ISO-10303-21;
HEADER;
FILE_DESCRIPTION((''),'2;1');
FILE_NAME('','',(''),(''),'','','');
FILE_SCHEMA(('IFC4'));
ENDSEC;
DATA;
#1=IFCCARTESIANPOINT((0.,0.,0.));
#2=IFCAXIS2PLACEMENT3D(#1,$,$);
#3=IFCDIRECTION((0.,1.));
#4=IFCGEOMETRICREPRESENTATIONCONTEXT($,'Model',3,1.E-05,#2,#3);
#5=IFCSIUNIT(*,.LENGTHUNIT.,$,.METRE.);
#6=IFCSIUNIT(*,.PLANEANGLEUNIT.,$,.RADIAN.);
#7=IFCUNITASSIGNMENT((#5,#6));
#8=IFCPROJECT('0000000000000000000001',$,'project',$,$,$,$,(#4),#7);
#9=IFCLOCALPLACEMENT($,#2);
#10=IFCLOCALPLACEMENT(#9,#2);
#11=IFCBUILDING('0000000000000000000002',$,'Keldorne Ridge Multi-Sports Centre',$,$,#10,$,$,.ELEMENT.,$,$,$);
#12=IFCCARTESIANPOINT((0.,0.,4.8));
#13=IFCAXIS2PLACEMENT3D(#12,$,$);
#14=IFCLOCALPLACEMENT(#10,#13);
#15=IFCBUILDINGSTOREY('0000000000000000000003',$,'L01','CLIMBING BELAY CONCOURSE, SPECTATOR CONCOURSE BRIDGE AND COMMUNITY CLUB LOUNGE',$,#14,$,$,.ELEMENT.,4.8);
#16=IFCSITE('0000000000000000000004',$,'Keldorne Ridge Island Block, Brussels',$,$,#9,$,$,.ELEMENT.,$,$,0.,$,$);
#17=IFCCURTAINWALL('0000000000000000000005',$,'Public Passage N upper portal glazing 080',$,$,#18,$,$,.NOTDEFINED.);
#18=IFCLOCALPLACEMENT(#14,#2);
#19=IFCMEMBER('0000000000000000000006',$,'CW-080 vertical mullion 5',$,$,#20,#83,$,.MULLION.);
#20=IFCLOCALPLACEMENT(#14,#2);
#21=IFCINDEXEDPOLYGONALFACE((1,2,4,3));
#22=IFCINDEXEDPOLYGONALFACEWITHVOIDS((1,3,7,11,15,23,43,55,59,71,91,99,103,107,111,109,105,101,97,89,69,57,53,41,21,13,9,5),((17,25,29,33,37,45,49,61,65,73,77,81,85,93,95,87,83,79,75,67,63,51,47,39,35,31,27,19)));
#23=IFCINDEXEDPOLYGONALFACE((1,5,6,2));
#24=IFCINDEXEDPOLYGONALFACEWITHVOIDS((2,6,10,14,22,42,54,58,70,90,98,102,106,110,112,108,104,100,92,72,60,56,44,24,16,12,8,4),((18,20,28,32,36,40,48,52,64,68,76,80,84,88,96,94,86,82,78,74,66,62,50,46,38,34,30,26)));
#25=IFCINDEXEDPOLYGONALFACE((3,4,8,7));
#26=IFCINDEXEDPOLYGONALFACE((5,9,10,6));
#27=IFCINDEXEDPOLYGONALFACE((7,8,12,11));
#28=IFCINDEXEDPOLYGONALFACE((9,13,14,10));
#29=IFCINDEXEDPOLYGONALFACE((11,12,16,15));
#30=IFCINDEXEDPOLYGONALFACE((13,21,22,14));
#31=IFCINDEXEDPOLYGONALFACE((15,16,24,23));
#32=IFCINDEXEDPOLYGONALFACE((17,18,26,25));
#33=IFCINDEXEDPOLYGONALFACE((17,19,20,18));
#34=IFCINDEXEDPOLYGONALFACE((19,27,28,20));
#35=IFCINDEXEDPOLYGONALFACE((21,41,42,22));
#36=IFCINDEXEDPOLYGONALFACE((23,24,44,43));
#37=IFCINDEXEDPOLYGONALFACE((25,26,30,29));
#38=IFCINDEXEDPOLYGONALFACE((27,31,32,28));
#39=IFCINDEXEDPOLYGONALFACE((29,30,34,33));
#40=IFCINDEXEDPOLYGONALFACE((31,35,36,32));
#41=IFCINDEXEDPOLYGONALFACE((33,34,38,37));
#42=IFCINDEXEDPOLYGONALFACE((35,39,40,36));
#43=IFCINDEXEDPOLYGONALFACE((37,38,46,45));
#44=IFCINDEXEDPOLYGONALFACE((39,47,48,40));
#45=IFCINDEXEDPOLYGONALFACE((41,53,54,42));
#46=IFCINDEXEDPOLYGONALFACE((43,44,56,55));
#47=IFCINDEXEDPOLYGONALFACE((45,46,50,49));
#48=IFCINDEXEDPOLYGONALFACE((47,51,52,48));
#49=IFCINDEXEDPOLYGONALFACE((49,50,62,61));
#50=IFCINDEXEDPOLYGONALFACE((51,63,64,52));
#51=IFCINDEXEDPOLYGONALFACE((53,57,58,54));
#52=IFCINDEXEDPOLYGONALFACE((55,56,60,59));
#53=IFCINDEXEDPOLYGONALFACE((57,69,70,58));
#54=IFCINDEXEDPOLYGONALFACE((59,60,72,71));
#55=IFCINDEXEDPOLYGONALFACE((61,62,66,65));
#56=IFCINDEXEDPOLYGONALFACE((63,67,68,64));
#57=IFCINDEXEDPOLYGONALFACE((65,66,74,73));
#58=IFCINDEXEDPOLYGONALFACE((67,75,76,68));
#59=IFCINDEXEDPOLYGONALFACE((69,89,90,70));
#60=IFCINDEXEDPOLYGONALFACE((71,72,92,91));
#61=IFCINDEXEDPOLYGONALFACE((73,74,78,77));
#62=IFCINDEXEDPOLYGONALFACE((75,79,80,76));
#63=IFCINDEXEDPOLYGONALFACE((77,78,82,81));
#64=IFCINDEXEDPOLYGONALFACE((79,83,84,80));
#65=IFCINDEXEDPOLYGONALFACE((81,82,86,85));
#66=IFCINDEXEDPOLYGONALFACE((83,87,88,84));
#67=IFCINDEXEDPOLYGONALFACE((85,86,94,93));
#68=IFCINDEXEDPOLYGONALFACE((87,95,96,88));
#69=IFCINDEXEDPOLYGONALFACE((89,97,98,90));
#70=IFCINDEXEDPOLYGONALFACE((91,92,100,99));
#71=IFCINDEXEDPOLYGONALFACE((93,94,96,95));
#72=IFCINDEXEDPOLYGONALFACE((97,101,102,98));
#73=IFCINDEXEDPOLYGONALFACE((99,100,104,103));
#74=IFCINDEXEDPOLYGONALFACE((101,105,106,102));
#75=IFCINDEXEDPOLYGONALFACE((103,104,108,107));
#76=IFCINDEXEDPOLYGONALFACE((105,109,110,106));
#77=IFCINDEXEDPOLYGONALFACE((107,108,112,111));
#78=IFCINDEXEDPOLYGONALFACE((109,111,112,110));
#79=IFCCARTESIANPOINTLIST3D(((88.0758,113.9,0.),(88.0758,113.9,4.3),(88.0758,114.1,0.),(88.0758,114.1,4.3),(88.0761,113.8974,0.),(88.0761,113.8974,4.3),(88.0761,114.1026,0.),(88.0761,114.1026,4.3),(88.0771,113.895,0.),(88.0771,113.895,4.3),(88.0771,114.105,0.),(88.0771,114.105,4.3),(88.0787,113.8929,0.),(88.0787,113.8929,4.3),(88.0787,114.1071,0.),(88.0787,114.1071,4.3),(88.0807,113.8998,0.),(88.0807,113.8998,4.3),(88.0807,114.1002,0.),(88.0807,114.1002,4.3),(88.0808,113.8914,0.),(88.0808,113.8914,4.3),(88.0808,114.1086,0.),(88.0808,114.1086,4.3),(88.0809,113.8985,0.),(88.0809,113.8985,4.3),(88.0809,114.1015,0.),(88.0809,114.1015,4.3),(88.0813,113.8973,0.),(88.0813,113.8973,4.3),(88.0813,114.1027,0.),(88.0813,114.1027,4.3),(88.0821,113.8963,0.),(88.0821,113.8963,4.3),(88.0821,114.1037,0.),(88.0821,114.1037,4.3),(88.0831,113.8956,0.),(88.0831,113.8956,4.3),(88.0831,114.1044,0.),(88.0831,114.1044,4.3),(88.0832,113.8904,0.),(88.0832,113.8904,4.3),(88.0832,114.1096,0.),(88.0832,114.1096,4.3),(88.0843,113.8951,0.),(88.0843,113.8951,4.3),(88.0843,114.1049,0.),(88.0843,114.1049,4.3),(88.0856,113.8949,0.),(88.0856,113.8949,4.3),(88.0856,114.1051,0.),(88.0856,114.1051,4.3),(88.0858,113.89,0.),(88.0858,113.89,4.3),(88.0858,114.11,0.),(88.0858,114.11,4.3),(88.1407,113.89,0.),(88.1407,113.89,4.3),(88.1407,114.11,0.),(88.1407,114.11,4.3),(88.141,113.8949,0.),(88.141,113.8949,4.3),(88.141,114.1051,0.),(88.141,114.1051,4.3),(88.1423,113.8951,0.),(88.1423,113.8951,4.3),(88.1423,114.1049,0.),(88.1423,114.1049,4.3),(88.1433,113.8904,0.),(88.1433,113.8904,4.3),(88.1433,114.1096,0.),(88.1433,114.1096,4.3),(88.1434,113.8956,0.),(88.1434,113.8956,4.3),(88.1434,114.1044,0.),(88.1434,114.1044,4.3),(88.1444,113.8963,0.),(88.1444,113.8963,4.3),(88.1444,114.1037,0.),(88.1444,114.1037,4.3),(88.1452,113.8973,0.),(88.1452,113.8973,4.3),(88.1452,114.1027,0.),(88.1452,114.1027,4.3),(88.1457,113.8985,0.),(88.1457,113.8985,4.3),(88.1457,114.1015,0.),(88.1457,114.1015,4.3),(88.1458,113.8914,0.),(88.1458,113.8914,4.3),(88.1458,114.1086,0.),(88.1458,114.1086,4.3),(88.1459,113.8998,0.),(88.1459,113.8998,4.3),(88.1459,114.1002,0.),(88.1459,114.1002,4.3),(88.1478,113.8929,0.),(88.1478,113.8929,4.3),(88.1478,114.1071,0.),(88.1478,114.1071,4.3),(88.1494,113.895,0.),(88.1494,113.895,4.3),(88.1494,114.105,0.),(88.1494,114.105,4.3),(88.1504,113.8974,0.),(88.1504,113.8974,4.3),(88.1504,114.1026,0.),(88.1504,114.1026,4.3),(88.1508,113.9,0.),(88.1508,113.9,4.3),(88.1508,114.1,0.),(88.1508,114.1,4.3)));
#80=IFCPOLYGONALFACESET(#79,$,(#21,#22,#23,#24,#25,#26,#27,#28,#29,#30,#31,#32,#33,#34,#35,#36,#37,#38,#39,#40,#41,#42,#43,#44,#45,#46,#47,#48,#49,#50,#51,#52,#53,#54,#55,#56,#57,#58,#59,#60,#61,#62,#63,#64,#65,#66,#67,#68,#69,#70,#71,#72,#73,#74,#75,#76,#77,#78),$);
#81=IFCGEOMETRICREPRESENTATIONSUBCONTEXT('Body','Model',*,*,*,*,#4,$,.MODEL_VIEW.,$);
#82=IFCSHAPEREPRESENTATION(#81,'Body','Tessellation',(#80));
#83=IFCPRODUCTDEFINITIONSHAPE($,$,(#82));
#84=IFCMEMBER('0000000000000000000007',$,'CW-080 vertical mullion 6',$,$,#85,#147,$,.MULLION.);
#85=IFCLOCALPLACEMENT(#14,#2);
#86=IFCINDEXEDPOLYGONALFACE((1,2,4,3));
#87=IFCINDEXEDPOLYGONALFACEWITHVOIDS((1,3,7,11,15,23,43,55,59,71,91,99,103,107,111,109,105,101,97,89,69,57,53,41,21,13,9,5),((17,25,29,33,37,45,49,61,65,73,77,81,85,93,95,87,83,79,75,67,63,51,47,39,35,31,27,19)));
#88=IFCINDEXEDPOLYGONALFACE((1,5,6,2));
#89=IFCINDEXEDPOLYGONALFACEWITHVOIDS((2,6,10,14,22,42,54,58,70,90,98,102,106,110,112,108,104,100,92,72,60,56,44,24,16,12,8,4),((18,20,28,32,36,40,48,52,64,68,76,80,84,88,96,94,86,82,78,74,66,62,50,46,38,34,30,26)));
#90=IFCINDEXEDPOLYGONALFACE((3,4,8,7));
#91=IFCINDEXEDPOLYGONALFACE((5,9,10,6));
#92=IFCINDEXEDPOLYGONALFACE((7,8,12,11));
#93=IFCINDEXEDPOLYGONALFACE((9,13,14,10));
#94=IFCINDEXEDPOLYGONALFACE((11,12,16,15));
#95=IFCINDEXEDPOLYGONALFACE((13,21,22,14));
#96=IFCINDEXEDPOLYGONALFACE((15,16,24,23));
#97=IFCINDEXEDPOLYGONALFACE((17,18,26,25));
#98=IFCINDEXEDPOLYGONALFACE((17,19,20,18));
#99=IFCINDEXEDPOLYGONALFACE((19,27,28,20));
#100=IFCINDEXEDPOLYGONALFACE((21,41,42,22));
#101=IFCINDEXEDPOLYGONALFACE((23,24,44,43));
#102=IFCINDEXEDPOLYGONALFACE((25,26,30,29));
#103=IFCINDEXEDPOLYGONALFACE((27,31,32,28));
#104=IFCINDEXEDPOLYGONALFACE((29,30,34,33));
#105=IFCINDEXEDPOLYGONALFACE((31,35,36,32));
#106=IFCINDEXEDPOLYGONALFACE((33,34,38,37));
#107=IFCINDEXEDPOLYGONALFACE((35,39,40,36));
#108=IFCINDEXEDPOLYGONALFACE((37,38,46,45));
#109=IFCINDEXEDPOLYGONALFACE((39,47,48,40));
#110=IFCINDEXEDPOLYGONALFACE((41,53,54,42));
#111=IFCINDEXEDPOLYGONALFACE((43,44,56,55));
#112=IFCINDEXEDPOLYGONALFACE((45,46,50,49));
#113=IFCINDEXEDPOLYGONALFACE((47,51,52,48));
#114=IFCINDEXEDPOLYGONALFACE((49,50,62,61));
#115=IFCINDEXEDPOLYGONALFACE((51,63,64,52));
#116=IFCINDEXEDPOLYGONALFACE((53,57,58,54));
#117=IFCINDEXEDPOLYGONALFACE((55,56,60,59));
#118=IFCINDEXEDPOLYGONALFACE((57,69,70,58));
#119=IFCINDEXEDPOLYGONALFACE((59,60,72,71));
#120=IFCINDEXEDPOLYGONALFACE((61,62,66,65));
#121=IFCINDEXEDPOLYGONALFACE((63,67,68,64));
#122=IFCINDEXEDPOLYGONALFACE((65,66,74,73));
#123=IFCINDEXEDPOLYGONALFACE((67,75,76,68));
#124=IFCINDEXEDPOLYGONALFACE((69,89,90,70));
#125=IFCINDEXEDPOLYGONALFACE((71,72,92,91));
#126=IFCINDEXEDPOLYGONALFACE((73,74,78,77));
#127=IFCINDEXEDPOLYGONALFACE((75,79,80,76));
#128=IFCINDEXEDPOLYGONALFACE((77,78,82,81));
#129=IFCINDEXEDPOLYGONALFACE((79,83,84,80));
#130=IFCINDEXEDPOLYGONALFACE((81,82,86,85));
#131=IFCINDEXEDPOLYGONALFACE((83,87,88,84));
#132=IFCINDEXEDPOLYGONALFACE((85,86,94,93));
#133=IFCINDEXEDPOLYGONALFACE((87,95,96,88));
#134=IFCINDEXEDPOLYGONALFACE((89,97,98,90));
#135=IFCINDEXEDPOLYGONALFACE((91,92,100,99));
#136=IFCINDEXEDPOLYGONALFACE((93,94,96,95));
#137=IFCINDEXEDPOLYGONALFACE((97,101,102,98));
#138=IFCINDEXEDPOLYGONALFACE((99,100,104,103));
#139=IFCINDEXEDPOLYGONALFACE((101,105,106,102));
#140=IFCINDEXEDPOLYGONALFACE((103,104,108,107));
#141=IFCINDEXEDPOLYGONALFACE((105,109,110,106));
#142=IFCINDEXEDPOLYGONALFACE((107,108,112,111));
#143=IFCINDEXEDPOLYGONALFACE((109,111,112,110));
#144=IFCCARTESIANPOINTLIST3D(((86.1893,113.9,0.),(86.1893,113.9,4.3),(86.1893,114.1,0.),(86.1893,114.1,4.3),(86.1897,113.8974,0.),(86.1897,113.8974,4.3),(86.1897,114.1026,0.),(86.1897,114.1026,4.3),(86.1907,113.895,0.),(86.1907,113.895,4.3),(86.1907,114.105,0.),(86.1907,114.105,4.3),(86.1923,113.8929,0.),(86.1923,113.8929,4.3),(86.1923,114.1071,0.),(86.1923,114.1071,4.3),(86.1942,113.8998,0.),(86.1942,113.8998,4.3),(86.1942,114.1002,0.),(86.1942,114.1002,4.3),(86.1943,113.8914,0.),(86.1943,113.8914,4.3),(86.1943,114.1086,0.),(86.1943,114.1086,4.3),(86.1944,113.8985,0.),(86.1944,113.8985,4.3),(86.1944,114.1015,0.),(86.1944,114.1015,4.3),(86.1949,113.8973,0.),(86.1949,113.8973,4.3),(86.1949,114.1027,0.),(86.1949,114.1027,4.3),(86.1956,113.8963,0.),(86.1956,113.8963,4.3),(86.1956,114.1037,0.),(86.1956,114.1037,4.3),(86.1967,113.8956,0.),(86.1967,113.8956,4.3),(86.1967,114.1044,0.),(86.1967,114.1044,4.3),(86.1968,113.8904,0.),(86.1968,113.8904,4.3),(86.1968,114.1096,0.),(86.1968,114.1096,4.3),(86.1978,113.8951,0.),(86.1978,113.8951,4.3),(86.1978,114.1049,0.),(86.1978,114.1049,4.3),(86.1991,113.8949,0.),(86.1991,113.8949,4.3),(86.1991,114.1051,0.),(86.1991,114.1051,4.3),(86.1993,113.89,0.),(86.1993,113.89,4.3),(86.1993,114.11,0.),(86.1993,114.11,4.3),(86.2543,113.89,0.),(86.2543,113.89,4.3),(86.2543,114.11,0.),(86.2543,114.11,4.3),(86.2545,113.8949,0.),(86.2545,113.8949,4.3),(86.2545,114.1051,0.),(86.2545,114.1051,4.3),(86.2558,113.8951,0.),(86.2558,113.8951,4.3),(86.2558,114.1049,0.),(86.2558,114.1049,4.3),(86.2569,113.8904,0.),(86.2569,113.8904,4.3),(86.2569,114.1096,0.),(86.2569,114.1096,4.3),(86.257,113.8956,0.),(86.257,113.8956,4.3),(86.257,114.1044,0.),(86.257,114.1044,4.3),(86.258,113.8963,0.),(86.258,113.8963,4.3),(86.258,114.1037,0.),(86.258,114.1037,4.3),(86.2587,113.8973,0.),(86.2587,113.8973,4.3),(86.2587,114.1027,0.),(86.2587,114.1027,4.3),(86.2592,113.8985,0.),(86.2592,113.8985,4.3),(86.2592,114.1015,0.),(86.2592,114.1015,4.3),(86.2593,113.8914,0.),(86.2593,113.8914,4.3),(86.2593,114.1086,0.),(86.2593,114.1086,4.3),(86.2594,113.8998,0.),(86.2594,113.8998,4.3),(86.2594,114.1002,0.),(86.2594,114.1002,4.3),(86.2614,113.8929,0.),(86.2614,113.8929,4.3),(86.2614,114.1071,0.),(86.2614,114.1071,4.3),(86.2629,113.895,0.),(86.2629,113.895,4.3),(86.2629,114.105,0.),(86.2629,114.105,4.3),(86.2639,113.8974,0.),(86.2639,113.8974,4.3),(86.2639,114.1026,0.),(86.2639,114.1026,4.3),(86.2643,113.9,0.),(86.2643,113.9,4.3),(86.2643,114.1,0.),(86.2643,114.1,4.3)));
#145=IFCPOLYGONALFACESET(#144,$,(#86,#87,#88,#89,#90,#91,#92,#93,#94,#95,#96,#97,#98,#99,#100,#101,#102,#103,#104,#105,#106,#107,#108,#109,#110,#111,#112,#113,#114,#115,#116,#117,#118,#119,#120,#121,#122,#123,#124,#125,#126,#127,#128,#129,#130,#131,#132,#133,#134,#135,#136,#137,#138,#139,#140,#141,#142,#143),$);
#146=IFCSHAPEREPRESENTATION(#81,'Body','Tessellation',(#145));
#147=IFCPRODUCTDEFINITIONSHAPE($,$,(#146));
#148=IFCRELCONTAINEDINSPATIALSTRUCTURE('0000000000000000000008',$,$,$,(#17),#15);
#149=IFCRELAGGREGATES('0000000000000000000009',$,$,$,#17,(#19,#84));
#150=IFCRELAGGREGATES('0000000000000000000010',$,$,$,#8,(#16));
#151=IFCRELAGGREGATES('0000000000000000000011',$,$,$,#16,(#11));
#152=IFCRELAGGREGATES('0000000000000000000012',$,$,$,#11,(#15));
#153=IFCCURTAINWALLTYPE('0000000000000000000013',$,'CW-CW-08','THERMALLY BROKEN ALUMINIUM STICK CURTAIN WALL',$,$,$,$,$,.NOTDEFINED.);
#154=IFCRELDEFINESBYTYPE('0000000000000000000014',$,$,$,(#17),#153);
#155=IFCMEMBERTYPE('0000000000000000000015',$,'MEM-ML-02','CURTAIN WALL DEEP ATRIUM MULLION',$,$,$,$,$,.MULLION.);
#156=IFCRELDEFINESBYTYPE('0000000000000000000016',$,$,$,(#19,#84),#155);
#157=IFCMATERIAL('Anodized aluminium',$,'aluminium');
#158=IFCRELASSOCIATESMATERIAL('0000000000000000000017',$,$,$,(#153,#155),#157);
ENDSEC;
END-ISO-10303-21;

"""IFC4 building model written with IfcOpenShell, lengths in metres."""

from ifc_helpers import new_model, si_unit, direction, frame, origin, origin_2d, place, context, subcontext, project, spatial, hollow_rectangle, extrude, material, material_profile, profile_set, type_object, element, aggregate, save


model = new_model("IFC4")

# Units and contexts
model_context = context("Model", 3, precision=1e-05, world=origin(), true_north=direction((0.0, 1.0)))
body_context = subcontext(model_context, "Body", "Model", "MODEL_VIEW")
ifc_project = project(units=[si_unit("LENGTHUNIT", "METRE"), si_unit("PLANEANGLEUNIT", "RADIAN")], contexts=[model_context])

# Site, building, storey
site_placement = place(None, origin())
site = spatial("IfcSite", under=ifc_project, at=site_placement, Name="Keldorne Ridge Island Block, Brussels", CompositionType="ELEMENT", RefElevation=0.0)
building_placement = place(site_placement, origin())
building = spatial("IfcBuilding", under=site, at=building_placement, Name="Keldorne Ridge Multi-Sports Centre", CompositionType="ELEMENT")
storey_placement = place(building_placement, frame((0.0, 0.0, 4.8)))
storey = spatial("IfcBuildingStorey", under=building, at=storey_placement, Name="L01", Description="CLIMBING BELAY CONCOURSE, SPECTATOR CONCOURSE BRIDGE AND COMMUNITY CLUB LOUNGE", CompositionType="ELEMENT", Elevation=4.8)

# Curtain wall, members
ifc_material_1 = material(Name="Anodized aluminium", Category="aluminium")
curtain_wall_type = type_object("IfcCurtainWallType", Name="CW-CW-08", Description="THERMALLY BROKEN ALUMINIUM STICK CURTAIN WALL", PredefinedType="NOTDEFINED", material=ifc_material_1)
curtain_wall_placement = place(storey_placement, origin())
curtain_wall = element("IfcCurtainWall", 1, at=curtain_wall_placement, inside=storey, type_object=curtain_wall_type, Name="Public Passage N upper portal glazing 080", PredefinedType="NOTDEFINED")
ifc_material_profile_1 = material_profile(ifc_material_1, hollow_rectangle(XDim=0.075, YDim=0.22, WallThickness=0.0049, InnerFilletRadius=0.0049, OuterFilletRadius=0.01, at=origin_2d()), Name="ALU MULLION 220x75x5")
ifc_profile_set_1 = profile_set([ifc_material_profile_1], Name="Anodized aluminium")
member_type_1 = type_object("IfcMemberType", Name="MEM-ML-02", Description="CURTAIN WALL DEEP ATRIUM MULLION", PredefinedType="MULLION", material=ifc_profile_set_1)
member_1_placement = place(storey_placement, frame((88.1133, 114.0, 0.0), z_axis=(0.0, 0.0, 1.0), x_axis=(1.0, 0.0, 0.0)))
member_1 = element("IfcMember", 2, at=member_1_placement, type_object=member_type_1, Name="CW-080 vertical mullion 5", PredefinedType="MULLION", context=body_context, shape_type="SweptSolid", body=[
    extrude(hollow_rectangle(XDim=0.075, YDim=0.22, WallThickness=0.0049, InnerFilletRadius=0.0049, OuterFilletRadius=0.01, at=origin_2d()), origin(), (0.0, 0.0, 1.0), 4.3),
])
member_2_placement = place(storey_placement, frame((86.2268, 114.0, 0.0), z_axis=(0.0, 0.0, 1.0), x_axis=(1.0, 0.0, 0.0)))
member_2 = element("IfcMember", 3, at=member_2_placement, type_object=member_type_1, Name="CW-080 vertical mullion 6", PredefinedType="MULLION", context=body_context, shape_type="SweptSolid", body=[
    extrude(hollow_rectangle(XDim=0.075, YDim=0.22, WallThickness=0.0049, InnerFilletRadius=0.0049, OuterFilletRadius=0.01, at=origin_2d()), origin(), (0.0, 0.0, 1.0), 4.3),
])
aggregate(curtain_wall, [member_1, member_2])

save(model, "model.ifc")
